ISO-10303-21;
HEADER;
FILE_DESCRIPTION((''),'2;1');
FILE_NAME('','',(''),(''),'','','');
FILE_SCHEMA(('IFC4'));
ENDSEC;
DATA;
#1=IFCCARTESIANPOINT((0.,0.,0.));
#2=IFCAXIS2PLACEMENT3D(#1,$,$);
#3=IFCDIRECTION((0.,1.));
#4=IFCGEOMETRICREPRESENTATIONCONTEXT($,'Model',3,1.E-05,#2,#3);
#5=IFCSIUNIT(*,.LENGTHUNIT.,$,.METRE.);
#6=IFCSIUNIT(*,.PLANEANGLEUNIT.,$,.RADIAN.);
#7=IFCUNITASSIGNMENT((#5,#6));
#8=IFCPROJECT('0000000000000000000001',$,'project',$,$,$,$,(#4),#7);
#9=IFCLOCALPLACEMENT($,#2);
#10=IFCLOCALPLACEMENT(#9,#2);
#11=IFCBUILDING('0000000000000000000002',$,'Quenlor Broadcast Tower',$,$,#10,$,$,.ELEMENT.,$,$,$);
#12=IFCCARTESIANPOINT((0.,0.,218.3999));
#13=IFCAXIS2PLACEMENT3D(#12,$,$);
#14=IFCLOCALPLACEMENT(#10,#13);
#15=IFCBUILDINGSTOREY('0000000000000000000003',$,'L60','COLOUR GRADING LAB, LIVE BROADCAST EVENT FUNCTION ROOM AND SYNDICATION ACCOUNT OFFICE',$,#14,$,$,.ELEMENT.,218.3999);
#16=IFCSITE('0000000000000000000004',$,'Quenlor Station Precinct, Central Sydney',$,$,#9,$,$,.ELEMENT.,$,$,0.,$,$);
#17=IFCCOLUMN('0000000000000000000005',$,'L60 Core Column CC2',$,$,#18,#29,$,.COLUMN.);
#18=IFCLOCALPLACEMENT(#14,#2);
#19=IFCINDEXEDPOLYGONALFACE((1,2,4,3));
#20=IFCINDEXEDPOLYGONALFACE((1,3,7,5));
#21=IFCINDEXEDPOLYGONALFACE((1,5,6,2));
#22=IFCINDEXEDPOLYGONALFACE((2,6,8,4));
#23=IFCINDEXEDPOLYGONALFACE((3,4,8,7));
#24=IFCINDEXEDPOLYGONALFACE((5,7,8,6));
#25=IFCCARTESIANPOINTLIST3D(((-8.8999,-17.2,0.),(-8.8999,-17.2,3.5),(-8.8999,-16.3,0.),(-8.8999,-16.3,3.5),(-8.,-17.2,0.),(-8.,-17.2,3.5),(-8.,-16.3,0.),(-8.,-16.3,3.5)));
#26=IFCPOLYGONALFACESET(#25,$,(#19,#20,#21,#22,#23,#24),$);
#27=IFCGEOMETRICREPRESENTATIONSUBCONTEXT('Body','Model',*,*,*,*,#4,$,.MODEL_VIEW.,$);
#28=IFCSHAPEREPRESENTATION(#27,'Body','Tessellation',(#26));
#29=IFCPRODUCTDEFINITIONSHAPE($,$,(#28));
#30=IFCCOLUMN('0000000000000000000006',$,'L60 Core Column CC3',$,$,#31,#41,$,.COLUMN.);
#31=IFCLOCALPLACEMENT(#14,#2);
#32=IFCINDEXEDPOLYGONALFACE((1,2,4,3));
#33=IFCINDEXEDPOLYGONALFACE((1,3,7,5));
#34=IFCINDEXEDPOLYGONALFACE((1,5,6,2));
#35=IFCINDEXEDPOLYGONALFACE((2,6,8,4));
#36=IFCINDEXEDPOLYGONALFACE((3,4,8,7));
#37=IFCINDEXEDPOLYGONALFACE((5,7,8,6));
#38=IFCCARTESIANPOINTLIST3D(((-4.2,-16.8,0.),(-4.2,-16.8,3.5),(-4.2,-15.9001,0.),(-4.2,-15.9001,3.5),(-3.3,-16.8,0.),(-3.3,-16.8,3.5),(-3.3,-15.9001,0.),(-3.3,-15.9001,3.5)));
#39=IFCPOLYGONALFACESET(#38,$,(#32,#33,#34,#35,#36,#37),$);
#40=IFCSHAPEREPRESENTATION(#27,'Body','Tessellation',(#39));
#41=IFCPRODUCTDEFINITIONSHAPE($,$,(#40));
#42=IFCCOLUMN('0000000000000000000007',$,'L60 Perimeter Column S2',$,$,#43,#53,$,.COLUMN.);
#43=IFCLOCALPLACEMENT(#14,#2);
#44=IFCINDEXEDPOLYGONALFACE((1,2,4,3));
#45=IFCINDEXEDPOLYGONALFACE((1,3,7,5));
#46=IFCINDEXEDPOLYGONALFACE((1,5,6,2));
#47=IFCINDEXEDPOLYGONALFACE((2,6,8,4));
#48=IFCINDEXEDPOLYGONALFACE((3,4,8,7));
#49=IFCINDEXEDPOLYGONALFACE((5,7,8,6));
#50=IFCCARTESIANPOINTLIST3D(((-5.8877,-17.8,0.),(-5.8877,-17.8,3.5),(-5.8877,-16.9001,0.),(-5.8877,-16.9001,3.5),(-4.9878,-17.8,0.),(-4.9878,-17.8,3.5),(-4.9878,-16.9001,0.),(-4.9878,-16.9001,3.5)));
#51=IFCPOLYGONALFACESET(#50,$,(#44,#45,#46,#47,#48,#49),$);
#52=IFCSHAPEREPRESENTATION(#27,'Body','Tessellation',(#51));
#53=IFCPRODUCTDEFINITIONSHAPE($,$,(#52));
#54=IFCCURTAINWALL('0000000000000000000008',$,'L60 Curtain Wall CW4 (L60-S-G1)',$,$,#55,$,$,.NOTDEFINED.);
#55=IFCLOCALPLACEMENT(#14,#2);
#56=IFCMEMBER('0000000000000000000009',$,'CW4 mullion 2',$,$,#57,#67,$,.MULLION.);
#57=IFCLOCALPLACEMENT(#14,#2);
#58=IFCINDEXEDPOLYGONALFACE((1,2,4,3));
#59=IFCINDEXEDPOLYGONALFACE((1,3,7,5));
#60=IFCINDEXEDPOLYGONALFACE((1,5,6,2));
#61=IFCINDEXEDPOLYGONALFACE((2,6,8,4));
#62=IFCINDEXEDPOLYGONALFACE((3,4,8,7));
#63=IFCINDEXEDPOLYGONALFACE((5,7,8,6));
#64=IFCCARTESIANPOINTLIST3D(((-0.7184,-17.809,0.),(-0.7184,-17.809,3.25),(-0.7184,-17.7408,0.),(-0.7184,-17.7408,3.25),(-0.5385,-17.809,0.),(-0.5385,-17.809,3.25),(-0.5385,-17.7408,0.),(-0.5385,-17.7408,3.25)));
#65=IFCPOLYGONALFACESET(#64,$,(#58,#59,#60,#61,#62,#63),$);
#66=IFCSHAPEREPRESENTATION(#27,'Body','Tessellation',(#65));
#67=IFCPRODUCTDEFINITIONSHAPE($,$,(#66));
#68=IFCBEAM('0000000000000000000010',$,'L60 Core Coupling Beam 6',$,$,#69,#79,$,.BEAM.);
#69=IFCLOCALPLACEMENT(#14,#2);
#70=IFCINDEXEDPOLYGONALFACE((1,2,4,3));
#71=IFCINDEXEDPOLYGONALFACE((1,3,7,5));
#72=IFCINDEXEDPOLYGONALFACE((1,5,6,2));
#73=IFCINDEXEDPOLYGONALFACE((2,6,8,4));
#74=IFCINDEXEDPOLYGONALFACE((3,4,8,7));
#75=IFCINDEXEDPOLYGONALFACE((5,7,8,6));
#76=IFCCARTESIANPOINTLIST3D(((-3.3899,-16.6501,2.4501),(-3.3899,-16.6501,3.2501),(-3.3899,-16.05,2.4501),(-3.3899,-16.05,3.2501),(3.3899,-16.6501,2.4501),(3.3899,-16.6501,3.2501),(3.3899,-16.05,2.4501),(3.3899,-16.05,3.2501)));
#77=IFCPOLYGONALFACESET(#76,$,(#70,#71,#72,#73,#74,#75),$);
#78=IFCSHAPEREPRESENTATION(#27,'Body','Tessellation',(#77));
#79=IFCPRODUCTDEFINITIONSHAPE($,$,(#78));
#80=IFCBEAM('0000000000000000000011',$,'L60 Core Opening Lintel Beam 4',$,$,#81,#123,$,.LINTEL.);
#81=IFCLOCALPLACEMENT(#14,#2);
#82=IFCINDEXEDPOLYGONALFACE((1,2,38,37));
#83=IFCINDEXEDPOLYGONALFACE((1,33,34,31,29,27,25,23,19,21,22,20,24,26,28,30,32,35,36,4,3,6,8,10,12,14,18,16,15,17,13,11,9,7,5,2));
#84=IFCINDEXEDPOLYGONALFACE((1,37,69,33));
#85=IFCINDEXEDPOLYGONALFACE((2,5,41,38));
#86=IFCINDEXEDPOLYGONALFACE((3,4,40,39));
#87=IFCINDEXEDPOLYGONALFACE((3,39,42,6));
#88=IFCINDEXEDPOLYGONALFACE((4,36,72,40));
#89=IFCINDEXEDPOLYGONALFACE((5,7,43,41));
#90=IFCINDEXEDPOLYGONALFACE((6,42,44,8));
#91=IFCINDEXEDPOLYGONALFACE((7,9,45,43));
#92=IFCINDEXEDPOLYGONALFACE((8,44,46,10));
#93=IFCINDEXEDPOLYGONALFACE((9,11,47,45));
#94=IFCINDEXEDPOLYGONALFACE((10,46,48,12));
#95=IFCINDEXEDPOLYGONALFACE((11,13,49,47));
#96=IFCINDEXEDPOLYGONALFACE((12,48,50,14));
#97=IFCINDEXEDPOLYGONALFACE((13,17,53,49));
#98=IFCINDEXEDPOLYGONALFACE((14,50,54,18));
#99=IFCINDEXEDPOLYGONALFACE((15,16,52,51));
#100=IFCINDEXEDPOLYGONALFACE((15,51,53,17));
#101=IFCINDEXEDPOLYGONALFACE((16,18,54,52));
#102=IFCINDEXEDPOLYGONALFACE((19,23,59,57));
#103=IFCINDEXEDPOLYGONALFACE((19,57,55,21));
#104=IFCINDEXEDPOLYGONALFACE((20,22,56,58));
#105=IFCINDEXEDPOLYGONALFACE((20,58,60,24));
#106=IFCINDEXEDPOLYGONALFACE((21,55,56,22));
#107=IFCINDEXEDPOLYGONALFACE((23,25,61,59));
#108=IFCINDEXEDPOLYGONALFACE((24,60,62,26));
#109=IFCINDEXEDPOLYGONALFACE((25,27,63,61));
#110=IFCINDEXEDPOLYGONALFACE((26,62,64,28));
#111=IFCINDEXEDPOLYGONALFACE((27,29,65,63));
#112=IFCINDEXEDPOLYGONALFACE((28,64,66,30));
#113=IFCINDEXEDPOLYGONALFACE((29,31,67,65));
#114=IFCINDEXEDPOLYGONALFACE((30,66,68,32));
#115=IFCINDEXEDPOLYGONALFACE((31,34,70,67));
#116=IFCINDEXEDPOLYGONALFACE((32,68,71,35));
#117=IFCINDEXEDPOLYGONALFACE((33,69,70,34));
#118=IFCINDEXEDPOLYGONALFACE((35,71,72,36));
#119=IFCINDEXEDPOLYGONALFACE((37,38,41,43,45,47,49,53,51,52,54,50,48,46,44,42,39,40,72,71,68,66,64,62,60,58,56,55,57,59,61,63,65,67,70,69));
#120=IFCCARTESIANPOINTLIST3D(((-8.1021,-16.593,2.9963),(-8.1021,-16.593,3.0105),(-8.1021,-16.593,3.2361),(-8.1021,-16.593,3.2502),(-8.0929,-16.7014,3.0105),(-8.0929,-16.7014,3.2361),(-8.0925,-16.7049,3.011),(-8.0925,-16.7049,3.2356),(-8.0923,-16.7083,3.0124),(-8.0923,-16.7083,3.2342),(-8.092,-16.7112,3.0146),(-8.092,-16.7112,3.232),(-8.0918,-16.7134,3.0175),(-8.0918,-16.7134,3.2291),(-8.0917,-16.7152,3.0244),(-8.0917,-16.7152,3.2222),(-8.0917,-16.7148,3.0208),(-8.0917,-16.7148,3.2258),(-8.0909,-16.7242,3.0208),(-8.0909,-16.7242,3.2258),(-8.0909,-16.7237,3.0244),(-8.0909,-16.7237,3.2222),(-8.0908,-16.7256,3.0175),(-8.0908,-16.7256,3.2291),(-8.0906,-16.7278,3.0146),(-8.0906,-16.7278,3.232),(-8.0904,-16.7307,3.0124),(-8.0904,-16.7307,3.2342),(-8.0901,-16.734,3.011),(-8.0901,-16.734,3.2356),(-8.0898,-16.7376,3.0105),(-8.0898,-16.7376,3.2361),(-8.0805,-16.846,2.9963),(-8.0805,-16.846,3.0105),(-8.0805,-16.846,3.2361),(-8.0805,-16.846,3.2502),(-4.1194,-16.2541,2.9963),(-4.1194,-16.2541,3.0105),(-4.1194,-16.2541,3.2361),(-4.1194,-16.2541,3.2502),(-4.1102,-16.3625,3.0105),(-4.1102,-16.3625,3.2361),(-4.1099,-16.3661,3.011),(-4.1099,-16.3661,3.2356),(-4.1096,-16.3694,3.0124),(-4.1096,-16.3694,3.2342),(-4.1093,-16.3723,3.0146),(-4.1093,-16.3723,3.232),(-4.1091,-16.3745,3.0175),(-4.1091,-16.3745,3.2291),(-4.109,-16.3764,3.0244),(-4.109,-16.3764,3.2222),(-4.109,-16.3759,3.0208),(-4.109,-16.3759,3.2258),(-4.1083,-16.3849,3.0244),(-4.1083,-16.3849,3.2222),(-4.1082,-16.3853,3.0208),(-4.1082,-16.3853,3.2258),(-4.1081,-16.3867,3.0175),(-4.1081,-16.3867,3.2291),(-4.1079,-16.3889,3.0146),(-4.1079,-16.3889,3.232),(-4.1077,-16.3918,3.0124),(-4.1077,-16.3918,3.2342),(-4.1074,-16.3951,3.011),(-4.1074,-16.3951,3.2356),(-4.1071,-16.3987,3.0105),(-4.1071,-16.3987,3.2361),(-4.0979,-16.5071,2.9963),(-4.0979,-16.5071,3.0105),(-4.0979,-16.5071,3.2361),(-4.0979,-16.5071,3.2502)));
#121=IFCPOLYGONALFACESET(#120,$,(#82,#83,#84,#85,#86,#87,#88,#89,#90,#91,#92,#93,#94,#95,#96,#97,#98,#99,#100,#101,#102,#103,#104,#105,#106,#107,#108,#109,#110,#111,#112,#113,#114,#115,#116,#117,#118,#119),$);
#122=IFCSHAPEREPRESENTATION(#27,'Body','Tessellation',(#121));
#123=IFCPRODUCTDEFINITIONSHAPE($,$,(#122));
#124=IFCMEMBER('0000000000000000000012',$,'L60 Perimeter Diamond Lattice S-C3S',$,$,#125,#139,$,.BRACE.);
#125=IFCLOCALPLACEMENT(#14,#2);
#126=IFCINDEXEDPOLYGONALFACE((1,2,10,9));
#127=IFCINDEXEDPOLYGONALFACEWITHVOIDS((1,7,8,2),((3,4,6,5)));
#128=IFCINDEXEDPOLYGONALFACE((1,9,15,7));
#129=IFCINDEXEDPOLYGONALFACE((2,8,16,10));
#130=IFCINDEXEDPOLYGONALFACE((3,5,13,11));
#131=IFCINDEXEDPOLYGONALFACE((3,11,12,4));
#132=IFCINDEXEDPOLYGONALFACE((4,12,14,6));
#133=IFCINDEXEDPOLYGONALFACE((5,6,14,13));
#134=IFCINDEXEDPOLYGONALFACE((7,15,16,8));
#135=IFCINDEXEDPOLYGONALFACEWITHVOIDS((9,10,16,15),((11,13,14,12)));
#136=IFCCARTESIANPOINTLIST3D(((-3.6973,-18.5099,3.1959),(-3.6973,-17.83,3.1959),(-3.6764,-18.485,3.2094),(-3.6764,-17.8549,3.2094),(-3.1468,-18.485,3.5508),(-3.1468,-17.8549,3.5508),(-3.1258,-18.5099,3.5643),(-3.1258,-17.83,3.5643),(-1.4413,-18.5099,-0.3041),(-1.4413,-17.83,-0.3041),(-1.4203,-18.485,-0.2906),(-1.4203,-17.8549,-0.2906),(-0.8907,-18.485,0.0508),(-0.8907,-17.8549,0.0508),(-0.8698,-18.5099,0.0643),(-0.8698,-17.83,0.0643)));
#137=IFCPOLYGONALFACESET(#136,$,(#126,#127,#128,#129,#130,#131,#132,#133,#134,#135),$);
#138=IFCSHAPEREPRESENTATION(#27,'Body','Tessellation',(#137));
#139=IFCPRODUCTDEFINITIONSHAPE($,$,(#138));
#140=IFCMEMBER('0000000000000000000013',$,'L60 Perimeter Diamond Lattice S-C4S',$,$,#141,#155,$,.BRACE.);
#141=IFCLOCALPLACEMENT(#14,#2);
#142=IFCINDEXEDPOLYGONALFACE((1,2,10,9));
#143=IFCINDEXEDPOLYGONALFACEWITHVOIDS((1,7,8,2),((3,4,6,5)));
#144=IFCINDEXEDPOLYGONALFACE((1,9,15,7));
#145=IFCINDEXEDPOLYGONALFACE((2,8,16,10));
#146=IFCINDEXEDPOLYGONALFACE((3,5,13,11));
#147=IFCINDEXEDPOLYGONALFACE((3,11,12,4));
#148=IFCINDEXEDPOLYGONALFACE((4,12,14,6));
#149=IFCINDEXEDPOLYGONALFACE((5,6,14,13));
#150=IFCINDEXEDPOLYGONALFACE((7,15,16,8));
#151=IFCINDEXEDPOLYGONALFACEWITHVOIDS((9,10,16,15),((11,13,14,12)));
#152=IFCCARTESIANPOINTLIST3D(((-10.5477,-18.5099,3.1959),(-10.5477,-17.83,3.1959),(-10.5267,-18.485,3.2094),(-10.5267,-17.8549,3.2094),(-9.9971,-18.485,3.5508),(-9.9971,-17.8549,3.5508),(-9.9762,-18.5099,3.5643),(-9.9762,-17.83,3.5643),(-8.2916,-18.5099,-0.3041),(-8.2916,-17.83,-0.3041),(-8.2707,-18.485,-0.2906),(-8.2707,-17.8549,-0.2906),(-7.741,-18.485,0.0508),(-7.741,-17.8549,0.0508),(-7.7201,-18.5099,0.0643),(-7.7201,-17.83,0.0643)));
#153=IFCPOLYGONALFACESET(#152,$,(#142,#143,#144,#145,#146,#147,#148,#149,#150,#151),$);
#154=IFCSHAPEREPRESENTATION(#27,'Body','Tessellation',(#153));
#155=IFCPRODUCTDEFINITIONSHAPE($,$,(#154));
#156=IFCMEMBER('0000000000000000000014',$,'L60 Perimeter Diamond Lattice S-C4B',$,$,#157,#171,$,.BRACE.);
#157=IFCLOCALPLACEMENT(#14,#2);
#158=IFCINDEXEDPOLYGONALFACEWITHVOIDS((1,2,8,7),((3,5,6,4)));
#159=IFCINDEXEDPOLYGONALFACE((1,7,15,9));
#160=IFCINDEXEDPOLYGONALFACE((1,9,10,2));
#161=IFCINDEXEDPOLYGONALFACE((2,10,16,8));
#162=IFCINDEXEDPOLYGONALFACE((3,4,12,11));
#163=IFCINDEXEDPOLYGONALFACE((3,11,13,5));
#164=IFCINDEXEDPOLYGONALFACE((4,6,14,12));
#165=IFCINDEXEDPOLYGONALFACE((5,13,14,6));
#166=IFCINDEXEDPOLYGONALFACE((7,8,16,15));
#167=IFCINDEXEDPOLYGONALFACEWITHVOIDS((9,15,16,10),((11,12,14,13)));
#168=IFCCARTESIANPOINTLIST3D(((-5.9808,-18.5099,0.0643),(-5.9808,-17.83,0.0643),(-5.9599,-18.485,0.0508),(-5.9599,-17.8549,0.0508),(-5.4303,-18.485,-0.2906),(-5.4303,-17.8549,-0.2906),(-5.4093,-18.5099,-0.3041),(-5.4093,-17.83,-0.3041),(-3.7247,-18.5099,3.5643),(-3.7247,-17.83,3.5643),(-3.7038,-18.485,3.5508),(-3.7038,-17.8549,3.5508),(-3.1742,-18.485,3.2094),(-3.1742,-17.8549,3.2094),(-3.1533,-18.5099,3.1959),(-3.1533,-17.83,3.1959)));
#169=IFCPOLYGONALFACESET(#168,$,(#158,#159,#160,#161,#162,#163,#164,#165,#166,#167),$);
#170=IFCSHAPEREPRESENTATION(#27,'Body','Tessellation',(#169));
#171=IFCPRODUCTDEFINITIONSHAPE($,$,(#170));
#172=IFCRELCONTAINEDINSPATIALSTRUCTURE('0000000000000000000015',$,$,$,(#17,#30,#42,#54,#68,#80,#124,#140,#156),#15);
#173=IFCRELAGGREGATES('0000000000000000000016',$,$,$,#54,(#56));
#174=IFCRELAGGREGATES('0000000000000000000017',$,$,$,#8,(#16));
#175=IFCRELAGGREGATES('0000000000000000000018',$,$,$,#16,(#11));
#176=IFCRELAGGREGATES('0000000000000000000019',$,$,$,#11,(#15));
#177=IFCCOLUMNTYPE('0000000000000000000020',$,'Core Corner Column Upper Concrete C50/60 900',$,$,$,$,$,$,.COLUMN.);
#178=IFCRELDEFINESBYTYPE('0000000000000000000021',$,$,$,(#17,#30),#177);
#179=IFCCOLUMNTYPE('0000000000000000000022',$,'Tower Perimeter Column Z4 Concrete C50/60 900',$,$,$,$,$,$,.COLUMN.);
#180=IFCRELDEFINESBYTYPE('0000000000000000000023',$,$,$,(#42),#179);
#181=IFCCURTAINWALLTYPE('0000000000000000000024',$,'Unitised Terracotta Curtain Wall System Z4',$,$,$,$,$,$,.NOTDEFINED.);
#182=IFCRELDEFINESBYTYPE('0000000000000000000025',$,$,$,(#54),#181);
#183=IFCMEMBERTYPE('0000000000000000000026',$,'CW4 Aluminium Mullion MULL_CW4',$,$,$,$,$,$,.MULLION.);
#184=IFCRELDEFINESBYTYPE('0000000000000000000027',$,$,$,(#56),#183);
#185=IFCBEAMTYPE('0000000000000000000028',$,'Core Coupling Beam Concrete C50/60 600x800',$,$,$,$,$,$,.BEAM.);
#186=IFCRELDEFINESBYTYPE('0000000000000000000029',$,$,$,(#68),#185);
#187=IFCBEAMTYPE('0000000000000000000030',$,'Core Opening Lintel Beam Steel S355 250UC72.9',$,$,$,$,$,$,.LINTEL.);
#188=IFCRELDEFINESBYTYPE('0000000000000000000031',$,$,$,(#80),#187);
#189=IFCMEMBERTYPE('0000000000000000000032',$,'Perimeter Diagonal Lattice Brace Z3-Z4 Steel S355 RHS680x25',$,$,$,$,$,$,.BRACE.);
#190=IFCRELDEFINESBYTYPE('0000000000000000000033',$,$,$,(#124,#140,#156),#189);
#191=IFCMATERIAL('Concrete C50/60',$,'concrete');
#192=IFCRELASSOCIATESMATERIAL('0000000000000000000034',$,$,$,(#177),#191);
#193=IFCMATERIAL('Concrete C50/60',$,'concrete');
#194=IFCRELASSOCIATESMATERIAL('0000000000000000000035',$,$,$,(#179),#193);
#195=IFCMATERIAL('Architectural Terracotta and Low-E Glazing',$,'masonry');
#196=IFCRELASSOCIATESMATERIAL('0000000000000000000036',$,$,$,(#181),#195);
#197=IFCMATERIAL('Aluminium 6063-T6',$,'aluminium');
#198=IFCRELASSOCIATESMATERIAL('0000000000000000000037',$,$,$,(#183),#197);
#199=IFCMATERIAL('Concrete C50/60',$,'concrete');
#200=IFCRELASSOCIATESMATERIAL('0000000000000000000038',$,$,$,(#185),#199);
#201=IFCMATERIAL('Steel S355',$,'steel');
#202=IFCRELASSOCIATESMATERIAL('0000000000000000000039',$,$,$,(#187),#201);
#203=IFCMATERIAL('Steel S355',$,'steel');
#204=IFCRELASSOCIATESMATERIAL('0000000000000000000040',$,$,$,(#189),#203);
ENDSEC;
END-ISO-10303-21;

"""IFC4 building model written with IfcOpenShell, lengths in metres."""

from ifc_helpers import new_model, si_unit, direction, frame, origin, origin_2d, place, context, subcontext, project, spatial, rectangle, hollow_rectangle, i_section, extrude, material, material_profile, profile_set, type_object, element, aggregate, save


model = new_model("IFC4")

# Units and contexts
model_context = context("Model", 3, precision=1e-05, world=origin(), true_north=direction((0.0, 1.0)))
body_context = subcontext(model_context, "Body", "Model", "MODEL_VIEW")
ifc_project = project(units=[si_unit("LENGTHUNIT", "METRE"), si_unit("PLANEANGLEUNIT", "RADIAN")], contexts=[model_context])

# Site, building, storey
site_placement = place(None, origin())
site = spatial("IfcSite", under=ifc_project, at=site_placement, Name="Quenlor Station Precinct, Central Sydney", CompositionType="ELEMENT", RefElevation=0.0)
building_placement = place(site_placement, origin())
building = spatial("IfcBuilding", under=site, at=building_placement, Name="Quenlor Broadcast Tower", CompositionType="ELEMENT")
storey_placement = place(building_placement, frame((0.0, 0.0, 218.3999)))
storey = spatial("IfcBuildingStorey", under=building, at=storey_placement, Name="L60", Description="COLOUR GRADING LAB, LIVE BROADCAST EVENT FUNCTION ROOM AND SYNDICATION ACCOUNT OFFICE", CompositionType="ELEMENT", Elevation=218.3999)

# Columns
ifc_material_1 = material(Name="Concrete C50/60", Category="concrete")
ifc_material_profile_1 = material_profile(ifc_material_1, rectangle(XDim=0.8999, YDim=0.8999, at=origin_2d()))
ifc_profile_set_1 = profile_set([ifc_material_profile_1], Name="Concrete C50/60 RC900x900")
column_type_1 = type_object("IfcColumnType", Name="Core Corner Column Upper Concrete C50/60 900", PredefinedType="COLUMN", material=ifc_profile_set_1)
for number, where, z_axis, x_axis, name in (
    (1, (-8.45, -16.75, 0.0), (0.0, 0.0, 1.0), (1.0, 0.0, 0.0), "L60 Core Column CC2"),
    (2, (-3.75, -16.3501, 0.0), (0.0, 0.0, 1.0), (1.0, 0.0, 0.0), "L60 Core Column CC3"),
):
    element("IfcColumn", number, at=place(storey_placement, frame(where, z_axis=z_axis, x_axis=x_axis)), inside=storey, type_object=column_type_1, Name=name, PredefinedType="COLUMN", context=body_context, shape_type="SweptSolid", body=[
        extrude(rectangle(XDim=0.8999, YDim=0.8999, at=origin_2d()), origin(), (0.0, 0.0, 1.0), 3.5),
    ])
ifc_material_2 = material(Name="Concrete C50/60", Category="concrete")
ifc_material_profile_2 = material_profile(ifc_material_2, rectangle(XDim=0.8999, YDim=0.8999, at=origin_2d()))
ifc_profile_set_2 = profile_set([ifc_material_profile_2], Name="Concrete C50/60 RC900x900")
column_type_2 = type_object("IfcColumnType", Name="Tower Perimeter Column Z4 Concrete C50/60 900", PredefinedType="COLUMN", material=ifc_profile_set_2)
column_placement = place(storey_placement, frame((-5.4377, -17.3501, 0.0), z_axis=(0.0, 0.0, 1.0), x_axis=(0.0, 1.0, 0.0)))
element("IfcColumn", 3, at=column_placement, inside=storey, type_object=column_type_2, Name="L60 Perimeter Column S2", PredefinedType="COLUMN", context=body_context, shape_type="SweptSolid", body=[
    extrude(rectangle(XDim=0.8999, YDim=0.8999, at=origin_2d()), origin(), (0.0, 0.0, 1.0), 3.5),
])

# Curtain wall, member
ifc_material_3 = material(Name="Architectural Terracotta and Low-E Glazing", Category="masonry")
curtain_wall_type = type_object("IfcCurtainWallType", Name="Unitised Terracotta Curtain Wall System Z4", PredefinedType="NOTDEFINED", material=ifc_material_3)
curtain_wall_placement = place(storey_placement, origin())
curtain_wall = element("IfcCurtainWall", 4, at=curtain_wall_placement, inside=storey, type_object=curtain_wall_type, Name="L60 Curtain Wall CW4 (L60-S-G1)", PredefinedType="NOTDEFINED")
ifc_material_4 = material(Name="Aluminium 6063-T6", Category="aluminium")
ifc_material_profile_3 = material_profile(ifc_material_4, rectangle(XDim=0.0681, YDim=0.1799, at=origin_2d()))
ifc_profile_set_3 = profile_set([ifc_material_profile_3], Name="Aluminium 6063-T6 MULL68x180")
member_type_1 = type_object("IfcMemberType", Name="CW4 Aluminium Mullion MULL_CW4", PredefinedType="MULLION", material=ifc_profile_set_3)
member_placement = place(storey_placement, frame((-0.6284, -17.7749, 0.0), z_axis=(0.0, 0.0, 1.0), x_axis=(0.0, -1.0, 0.0)))
member = element("IfcMember", 5, at=member_placement, type_object=member_type_1, Name="CW4 mullion 2", PredefinedType="MULLION", context=body_context, shape_type="SweptSolid", body=[
    extrude(rectangle(XDim=0.0681, YDim=0.1799, at=origin_2d()), origin(), (0.0, 0.0, 1.0), 3.25),
])

# Beams
ifc_material_5 = material(Name="Concrete C50/60", Category="concrete")
ifc_material_profile_4 = material_profile(ifc_material_5, rectangle(XDim=0.6001, YDim=0.8, at=origin_2d()))
ifc_profile_set_4 = profile_set([ifc_material_profile_4], Name="Concrete C50/60 RCB600x800")
beam_type_1 = type_object("IfcBeamType", Name="Core Coupling Beam Concrete C50/60 600x800", PredefinedType="BEAM", material=ifc_profile_set_4)
beam_1_placement = place(storey_placement, frame((-3.3899, -16.3501, 2.8501), z_axis=(1.0, 0.0, 0.0), x_axis=(0.0, 1.0, 0.0)))
element("IfcBeam", 6, at=beam_1_placement, inside=storey, type_object=beam_type_1, Name="L60 Core Coupling Beam 6", PredefinedType="BEAM", context=body_context, shape_type="SweptSolid", body=[
    extrude(rectangle(XDim=0.6001, YDim=0.8, at=origin_2d()), origin(), (0.0, 0.0, 1.0), 6.7798),
])
ifc_material_6 = material(Name="Steel S355", Category="steel")
ifc_material_profile_5 = material_profile(ifc_material_6, i_section(OverallWidth=0.2539, OverallDepth=0.2539, WebThickness=0.0085, FlangeThickness=0.0142, FilletRadius=0.0139, at=origin_2d()))
ifc_profile_set_5 = profile_set([ifc_material_profile_5], Name="Steel S355 250UC72.9")
beam_type_2 = type_object("IfcBeamType", Name="Core Opening Lintel Beam Steel S355 250UC72.9", PredefinedType="LINTEL", material=ifc_profile_set_5)
beam_2_placement = place(storey_placement, frame((-8.0913, -16.7195, 3.1233), z_axis=(0.9964, 0.084779, 0.0), x_axis=(-0.084779, 0.9964, 0.0)))
element("IfcBeam", 7, at=beam_2_placement, inside=storey, type_object=beam_type_2, Name="L60 Core Opening Lintel Beam 4", PredefinedType="LINTEL", context=body_context, shape_type="SweptSolid", body=[
    extrude(i_section(OverallWidth=0.2539, OverallDepth=0.2539, WebThickness=0.0085, FlangeThickness=0.0142, FilletRadius=0.0139, at=origin_2d()), origin(), (0.0, 0.0, 1.0), 3.9971),
])

# Members
ifc_material_7 = material(Name="Steel S355", Category="steel")
ifc_material_profile_6 = material_profile(ifc_material_7, hollow_rectangle(XDim=0.6799, YDim=0.6799, WallThickness=0.0249, at=origin_2d()))
ifc_profile_set_6 = profile_set([ifc_material_profile_6], Name="Steel S355 RHS680x680x25")
member_type_2 = type_object("IfcMemberType", Name="Perimeter Diagonal Lattice Brace Z3-Z4 Steel S355 RHS680x25", PredefinedType="BRACE", material=ifc_profile_set_6)
for number, where, z_axis, x_axis, name in (
    (8, (-1.1555, -18.1699, -0.1199), (-0.541794, 0.0, 0.840511), (0.0, -1.0, 0.0), "L60 Perimeter Diamond Lattice S-C3S"),
    (9, (-8.0059, -18.1699, -0.1199), (-0.541794, 0.0, 0.840511), (0.0, -1.0, 0.0), "L60 Perimeter Diamond Lattice S-C4S"),
    (10, (-5.6951, -18.1699, -0.1199), (0.541794, 0.0, 0.840511), (0.0, 1.0, 0.0), "L60 Perimeter Diamond Lattice S-C4B"),
):
    element("IfcMember", number, at=place(storey_placement, frame(where, z_axis=z_axis, x_axis=x_axis)), inside=storey, type_object=member_type_2, Name=name, PredefinedType="BRACE", context=body_context, shape_type="SweptSolid", body=[
        extrude(hollow_rectangle(XDim=0.6799, YDim=0.6799, WallThickness=0.0249, at=origin_2d()), origin(), (0.0, 0.0, 1.0), 4.1641),
    ])

aggregate(curtain_wall, [member])

save(model, "model.ifc")
